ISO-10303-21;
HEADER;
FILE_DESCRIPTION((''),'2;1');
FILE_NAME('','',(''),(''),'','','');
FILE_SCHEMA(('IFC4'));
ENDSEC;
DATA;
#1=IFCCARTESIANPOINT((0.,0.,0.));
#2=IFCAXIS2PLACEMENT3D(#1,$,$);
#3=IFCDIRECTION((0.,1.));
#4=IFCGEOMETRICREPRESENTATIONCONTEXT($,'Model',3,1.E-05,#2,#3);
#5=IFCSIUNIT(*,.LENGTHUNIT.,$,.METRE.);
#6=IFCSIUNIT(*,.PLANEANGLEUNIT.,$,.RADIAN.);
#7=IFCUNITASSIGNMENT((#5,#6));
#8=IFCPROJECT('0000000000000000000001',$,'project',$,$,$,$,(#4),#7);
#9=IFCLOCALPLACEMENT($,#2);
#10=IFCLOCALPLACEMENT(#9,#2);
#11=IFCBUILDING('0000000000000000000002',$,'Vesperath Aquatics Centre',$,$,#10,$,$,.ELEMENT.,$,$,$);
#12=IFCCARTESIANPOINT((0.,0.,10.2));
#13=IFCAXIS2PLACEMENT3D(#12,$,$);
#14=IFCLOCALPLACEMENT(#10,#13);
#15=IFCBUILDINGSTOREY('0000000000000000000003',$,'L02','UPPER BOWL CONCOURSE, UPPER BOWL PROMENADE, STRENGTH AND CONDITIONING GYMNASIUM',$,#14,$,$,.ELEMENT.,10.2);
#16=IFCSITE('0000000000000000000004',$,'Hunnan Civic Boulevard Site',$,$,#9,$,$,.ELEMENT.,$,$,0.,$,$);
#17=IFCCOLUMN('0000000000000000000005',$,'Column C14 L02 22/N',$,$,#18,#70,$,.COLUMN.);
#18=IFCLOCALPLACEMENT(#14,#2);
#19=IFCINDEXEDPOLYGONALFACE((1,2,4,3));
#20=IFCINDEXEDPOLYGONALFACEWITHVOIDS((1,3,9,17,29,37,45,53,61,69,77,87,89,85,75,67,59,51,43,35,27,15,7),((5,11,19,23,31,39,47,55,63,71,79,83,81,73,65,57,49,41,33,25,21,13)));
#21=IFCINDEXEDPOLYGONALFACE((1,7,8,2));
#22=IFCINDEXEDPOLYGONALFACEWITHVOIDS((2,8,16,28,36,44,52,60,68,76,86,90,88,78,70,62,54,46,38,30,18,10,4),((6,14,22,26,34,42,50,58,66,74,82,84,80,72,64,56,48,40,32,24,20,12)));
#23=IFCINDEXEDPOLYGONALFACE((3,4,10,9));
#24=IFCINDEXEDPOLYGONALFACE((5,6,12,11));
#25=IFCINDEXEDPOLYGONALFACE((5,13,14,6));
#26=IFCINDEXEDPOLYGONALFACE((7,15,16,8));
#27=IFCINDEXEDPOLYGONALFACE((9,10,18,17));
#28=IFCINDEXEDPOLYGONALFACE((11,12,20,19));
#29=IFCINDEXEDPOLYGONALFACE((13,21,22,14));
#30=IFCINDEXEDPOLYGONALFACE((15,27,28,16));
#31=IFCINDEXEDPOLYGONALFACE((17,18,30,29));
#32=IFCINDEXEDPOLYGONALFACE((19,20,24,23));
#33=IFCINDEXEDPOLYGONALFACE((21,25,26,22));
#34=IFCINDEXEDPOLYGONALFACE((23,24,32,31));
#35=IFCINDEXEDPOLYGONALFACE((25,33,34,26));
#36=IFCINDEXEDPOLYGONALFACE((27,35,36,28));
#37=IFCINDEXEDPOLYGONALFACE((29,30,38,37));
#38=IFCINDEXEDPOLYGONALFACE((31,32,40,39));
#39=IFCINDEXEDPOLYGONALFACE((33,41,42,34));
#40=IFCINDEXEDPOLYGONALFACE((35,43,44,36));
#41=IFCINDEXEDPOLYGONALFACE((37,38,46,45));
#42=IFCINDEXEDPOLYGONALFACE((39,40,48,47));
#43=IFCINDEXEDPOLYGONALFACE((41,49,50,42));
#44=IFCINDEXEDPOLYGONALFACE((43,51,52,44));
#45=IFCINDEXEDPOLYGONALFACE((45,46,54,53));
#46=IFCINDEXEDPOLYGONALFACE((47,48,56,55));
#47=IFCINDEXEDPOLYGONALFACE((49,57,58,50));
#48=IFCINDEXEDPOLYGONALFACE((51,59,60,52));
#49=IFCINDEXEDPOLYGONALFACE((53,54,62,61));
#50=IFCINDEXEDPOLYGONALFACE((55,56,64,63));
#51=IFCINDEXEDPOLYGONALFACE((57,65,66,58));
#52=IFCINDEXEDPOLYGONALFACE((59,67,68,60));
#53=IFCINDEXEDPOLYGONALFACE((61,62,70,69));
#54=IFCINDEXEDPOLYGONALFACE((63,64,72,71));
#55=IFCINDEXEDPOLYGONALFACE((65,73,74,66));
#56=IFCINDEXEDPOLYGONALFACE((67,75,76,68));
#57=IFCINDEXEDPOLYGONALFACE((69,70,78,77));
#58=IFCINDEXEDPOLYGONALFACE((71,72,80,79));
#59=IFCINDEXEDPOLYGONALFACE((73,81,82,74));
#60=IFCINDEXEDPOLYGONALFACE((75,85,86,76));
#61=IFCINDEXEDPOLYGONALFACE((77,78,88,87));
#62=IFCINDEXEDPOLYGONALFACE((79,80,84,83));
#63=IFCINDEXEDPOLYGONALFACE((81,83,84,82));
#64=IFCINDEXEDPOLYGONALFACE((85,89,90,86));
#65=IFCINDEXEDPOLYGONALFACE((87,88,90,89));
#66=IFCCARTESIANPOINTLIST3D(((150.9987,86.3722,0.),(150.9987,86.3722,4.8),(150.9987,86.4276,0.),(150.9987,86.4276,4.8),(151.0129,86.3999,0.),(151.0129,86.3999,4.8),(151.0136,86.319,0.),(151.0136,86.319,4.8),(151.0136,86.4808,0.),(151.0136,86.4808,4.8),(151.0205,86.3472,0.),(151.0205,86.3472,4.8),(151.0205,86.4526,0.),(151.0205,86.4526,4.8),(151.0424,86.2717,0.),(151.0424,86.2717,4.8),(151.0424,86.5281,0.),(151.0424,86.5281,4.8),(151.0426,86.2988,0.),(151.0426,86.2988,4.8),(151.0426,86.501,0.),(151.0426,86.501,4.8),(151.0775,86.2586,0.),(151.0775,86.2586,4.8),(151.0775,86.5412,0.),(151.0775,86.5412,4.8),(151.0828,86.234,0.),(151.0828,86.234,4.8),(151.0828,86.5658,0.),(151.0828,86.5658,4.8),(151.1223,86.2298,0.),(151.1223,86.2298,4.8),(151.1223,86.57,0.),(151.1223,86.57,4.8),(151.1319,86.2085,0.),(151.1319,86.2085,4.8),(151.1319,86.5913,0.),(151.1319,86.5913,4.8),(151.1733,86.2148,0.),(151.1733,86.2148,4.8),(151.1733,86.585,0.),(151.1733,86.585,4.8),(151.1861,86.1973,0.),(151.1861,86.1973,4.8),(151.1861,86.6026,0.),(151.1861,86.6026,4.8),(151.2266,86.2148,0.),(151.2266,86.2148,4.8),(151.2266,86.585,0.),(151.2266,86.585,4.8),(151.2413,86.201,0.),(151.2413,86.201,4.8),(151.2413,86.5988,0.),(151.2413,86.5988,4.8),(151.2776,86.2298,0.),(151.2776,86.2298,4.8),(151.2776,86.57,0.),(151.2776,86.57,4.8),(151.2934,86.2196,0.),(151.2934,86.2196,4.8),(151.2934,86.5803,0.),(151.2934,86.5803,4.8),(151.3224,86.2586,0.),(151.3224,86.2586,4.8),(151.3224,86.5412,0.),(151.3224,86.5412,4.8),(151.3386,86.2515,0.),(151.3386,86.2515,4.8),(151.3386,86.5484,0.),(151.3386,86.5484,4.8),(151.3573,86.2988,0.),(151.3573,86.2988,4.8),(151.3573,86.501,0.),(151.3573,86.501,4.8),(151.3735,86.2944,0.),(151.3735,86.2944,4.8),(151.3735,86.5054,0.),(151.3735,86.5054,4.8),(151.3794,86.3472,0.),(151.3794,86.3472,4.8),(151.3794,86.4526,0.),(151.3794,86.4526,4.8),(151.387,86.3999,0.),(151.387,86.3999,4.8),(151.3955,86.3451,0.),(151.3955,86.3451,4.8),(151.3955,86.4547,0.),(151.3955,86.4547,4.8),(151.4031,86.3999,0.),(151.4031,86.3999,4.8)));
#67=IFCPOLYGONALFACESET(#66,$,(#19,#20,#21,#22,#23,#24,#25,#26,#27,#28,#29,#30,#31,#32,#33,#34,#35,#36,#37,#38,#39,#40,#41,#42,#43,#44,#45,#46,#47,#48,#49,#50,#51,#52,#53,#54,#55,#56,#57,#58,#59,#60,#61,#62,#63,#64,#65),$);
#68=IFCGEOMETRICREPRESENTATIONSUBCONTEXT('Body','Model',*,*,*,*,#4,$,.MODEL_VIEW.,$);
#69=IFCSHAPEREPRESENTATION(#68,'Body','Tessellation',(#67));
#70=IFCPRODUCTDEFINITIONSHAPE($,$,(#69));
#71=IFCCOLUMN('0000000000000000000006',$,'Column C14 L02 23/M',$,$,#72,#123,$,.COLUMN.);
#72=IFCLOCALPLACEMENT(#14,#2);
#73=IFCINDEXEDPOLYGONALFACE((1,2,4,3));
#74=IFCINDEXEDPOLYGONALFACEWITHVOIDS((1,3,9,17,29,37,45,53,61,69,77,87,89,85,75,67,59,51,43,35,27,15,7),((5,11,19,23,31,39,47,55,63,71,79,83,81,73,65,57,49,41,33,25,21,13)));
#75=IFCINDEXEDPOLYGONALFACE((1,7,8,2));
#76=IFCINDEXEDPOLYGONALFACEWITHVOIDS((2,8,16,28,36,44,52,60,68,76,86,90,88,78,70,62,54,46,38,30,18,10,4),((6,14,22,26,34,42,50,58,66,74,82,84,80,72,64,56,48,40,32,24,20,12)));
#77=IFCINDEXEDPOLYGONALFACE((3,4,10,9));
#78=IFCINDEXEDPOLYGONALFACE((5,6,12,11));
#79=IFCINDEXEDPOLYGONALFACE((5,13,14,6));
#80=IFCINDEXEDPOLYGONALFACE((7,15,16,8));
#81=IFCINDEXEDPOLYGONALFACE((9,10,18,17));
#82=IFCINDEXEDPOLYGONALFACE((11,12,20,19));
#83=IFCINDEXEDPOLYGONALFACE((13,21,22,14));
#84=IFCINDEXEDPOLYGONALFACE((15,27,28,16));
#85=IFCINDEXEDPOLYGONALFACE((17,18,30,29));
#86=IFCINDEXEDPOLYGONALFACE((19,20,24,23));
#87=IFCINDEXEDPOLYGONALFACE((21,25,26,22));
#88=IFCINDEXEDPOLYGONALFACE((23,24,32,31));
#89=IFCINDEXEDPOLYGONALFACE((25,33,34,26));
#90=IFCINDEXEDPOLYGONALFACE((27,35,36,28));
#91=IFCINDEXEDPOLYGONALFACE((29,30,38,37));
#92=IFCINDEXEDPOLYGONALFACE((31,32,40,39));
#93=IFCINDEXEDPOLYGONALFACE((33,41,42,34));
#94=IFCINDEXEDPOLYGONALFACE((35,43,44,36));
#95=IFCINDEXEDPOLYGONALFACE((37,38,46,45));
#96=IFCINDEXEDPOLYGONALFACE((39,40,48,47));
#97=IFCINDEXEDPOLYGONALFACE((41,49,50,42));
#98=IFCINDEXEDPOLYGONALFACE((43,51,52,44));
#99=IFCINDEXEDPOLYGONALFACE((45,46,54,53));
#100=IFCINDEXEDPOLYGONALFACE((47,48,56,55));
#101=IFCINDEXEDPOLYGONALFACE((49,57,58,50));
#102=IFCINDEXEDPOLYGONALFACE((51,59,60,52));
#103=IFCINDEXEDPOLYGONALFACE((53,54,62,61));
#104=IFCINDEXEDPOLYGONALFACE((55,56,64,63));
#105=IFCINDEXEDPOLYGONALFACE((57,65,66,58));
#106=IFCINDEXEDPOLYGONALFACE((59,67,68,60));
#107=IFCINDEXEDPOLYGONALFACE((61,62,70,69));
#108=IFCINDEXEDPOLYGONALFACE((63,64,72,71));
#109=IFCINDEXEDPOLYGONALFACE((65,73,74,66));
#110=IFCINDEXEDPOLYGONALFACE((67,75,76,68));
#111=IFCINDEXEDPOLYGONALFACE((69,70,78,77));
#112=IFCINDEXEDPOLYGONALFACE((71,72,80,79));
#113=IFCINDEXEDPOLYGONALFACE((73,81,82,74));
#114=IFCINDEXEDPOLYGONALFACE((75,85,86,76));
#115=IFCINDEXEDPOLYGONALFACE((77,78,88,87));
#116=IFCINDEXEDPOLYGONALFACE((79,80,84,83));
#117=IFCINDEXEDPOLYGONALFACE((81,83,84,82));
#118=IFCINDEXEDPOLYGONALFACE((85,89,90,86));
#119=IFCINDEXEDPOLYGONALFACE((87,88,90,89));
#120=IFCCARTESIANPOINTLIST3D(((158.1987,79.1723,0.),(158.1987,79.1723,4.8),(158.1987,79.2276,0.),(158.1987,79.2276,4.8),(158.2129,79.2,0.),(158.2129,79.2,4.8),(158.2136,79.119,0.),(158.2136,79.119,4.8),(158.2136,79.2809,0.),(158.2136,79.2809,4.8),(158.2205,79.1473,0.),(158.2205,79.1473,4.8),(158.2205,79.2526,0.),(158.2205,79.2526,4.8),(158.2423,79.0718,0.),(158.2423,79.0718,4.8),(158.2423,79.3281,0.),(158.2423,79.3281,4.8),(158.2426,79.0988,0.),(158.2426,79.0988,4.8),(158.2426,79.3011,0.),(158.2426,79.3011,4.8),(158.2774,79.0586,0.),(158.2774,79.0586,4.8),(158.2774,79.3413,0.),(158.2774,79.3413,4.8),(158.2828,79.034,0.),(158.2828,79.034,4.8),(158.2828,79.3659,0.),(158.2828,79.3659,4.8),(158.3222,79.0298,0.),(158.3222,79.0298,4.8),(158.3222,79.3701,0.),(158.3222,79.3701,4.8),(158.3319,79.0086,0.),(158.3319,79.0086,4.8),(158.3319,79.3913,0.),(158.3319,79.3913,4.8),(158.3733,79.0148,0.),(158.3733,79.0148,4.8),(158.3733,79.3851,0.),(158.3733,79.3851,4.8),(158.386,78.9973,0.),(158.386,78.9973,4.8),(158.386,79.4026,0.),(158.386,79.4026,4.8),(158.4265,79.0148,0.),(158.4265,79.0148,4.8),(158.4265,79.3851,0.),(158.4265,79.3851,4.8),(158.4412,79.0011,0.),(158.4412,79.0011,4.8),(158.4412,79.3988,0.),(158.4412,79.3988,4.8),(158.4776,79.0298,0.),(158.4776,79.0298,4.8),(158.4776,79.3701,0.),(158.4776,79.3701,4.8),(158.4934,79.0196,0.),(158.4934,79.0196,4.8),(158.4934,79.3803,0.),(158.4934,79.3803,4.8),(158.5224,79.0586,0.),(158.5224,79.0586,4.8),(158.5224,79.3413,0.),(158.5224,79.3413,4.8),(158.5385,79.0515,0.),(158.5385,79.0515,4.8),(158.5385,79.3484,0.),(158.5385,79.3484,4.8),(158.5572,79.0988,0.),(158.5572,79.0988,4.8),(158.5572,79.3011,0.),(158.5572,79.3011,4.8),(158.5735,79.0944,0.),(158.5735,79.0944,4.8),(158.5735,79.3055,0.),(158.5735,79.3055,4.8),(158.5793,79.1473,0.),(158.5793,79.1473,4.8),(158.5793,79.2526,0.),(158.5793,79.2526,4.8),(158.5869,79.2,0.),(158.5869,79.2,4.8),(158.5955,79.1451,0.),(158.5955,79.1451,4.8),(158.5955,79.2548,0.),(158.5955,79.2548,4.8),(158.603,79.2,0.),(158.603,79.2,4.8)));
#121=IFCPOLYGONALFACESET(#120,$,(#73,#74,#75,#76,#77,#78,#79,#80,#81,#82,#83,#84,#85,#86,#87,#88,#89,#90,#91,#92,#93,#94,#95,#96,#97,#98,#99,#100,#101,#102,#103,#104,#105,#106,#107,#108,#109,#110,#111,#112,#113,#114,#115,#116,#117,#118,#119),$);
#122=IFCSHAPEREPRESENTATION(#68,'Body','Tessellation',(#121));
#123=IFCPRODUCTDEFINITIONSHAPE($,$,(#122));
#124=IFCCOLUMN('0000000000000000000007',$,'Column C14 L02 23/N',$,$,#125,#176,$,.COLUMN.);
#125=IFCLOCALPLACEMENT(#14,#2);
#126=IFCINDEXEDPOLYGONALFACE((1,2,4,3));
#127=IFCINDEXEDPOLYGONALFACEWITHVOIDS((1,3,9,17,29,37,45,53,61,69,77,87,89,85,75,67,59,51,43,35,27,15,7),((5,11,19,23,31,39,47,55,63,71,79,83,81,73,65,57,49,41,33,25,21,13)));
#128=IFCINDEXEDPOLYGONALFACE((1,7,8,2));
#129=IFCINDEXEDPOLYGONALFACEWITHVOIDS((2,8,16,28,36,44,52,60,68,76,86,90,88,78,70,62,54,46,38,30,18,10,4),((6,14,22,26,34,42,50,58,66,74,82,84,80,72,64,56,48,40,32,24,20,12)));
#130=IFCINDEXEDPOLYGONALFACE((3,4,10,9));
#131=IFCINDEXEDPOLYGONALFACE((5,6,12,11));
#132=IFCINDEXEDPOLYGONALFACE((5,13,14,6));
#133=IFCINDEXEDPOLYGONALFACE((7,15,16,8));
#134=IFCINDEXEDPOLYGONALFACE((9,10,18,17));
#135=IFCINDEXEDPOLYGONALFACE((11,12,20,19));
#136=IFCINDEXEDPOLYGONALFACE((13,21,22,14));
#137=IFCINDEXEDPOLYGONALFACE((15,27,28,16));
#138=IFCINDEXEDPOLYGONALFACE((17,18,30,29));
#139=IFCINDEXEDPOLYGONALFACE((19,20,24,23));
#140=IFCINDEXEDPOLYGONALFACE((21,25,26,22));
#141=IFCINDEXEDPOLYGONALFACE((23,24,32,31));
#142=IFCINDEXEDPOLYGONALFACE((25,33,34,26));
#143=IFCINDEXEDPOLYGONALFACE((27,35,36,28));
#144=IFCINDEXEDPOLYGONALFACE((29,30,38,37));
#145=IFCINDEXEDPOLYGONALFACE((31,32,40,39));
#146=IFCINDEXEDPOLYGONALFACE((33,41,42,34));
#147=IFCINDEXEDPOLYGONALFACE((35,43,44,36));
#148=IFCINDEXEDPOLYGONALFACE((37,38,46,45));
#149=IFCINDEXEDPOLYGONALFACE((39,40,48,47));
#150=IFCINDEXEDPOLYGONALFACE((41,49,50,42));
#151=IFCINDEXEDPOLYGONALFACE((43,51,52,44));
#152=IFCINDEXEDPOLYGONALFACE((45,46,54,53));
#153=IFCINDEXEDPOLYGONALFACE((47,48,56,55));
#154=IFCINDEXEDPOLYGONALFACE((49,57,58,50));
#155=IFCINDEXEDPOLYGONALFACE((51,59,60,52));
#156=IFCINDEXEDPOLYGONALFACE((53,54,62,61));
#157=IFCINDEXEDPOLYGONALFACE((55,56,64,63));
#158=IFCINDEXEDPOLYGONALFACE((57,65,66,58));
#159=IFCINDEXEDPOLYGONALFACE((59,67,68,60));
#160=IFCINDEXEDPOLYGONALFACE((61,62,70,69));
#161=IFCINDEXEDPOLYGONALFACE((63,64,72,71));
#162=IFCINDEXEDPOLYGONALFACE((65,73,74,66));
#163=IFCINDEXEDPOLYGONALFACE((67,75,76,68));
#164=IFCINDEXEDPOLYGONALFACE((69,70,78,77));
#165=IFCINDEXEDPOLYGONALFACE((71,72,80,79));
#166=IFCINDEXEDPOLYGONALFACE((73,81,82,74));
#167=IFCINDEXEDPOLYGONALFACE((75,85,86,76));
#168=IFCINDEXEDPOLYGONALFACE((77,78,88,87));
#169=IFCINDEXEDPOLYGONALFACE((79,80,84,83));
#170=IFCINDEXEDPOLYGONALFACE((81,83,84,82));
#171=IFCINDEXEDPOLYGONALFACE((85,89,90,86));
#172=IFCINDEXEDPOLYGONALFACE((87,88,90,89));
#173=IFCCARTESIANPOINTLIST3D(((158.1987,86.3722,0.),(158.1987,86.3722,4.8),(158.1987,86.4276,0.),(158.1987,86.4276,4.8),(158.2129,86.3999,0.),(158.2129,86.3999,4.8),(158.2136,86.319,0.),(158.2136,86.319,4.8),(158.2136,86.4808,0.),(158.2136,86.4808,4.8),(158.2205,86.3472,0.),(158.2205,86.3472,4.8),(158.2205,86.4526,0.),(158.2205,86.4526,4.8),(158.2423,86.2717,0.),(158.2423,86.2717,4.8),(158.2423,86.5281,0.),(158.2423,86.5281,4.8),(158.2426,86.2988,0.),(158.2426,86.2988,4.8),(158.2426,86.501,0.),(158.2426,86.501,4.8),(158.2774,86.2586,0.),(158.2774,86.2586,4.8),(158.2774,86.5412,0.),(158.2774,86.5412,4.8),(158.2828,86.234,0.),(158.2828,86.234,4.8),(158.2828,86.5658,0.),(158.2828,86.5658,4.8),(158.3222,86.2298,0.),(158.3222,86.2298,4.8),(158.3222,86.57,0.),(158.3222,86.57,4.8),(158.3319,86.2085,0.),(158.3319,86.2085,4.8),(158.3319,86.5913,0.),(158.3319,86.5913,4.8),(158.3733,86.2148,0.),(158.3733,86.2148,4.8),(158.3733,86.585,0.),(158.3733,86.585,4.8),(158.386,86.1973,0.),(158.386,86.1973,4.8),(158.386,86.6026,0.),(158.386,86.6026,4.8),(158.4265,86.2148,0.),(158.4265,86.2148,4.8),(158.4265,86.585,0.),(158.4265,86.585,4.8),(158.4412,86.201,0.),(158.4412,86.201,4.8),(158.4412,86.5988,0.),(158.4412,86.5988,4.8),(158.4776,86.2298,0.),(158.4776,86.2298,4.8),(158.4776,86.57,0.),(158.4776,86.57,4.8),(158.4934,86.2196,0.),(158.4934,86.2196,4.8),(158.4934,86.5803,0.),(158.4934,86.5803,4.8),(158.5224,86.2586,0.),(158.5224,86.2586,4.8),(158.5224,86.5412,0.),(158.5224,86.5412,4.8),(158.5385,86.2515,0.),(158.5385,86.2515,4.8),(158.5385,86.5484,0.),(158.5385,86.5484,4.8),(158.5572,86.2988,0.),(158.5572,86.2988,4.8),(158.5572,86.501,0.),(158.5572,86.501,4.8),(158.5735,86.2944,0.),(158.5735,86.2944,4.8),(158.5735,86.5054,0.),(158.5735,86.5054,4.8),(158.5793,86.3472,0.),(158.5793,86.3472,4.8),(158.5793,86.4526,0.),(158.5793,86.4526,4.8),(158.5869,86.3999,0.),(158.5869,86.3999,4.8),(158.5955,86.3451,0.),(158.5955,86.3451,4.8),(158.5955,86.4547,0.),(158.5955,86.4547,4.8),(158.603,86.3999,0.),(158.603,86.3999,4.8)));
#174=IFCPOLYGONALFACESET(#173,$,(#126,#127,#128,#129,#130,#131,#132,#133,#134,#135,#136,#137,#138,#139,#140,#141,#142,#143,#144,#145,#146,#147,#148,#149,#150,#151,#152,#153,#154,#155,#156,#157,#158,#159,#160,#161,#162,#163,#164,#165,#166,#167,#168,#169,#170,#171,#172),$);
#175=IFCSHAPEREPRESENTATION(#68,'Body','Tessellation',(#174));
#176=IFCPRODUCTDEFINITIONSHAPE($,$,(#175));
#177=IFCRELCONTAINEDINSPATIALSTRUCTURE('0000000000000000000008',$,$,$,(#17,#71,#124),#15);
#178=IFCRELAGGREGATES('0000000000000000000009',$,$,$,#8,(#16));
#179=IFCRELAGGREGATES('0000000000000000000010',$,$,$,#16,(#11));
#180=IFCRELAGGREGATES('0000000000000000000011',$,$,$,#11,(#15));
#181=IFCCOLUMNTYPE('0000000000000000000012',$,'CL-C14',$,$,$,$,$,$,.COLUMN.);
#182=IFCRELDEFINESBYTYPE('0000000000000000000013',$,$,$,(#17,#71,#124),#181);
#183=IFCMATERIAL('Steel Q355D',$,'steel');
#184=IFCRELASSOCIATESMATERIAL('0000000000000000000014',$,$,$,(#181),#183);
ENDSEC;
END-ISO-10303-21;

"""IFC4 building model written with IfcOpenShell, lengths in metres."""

from ifc_helpers import new_model, si_unit, direction, frame, origin, origin_2d, place, context, subcontext, project, spatial, hollow_circle, extrude, material, material_profile, profile_set, type_object, element, save


model = new_model("IFC4")

# Units and contexts
model_context = context("Model", 3, precision=1e-05, world=origin(), true_north=direction((0.0, 1.0)))
body_context = subcontext(model_context, "Body", "Model", "MODEL_VIEW")
ifc_project = project(units=[si_unit("LENGTHUNIT", "METRE"), si_unit("PLANEANGLEUNIT", "RADIAN")], contexts=[model_context])

# Site, building, storey
site_placement = place(None, origin())
site = spatial("IfcSite", under=ifc_project, at=site_placement, Name="Hunnan Civic Boulevard Site", CompositionType="ELEMENT", RefElevation=0.0)
building_placement = place(site_placement, origin())
building = spatial("IfcBuilding", under=site, at=building_placement, Name="Vesperath Aquatics Centre", CompositionType="ELEMENT")
storey_placement = place(building_placement, frame((0.0, 0.0, 10.2)))
storey = spatial("IfcBuildingStorey", under=building, at=storey_placement, Name="L02", Description="UPPER BOWL CONCOURSE, UPPER BOWL PROMENADE, STRENGTH AND CONDITIONING GYMNASIUM", CompositionType="ELEMENT", Elevation=10.2)

# Columns
ifc_material_1 = material(Name="Steel Q355D", Category="steel")
ifc_material_profile_1 = material_profile(ifc_material_1, hollow_circle(Radius=0.2031, WallThickness=0.0161, at=origin_2d()), Name="CHS 406.4x16")
ifc_profile_set_1 = profile_set([ifc_material_profile_1], Name="Steel Q355D")
column_type = type_object("IfcColumnType", Name="CL-C14", PredefinedType="COLUMN", material=ifc_profile_set_1)
for number, where, z_axis, x_axis, name in (
    (1, (151.2, 86.3999, 0.0), (0.0, 0.0, 1.0), (1.0, 0.0, 0.0), "Column C14 L02 22/N"),
    (2, (158.3999, 79.2, 0.0), (0.0, 0.0, 1.0), (1.0, 0.0, 0.0), "Column C14 L02 23/M"),
    (3, (158.3999, 86.3999, 0.0), (0.0, 0.0, 1.0), (1.0, 0.0, 0.0), "Column C14 L02 23/N"),
):
    element("IfcColumn", number, at=place(storey_placement, frame(where, z_axis=z_axis, x_axis=x_axis)), inside=storey, type_object=column_type, Name=name, PredefinedType="COLUMN", context=body_context, shape_type="SweptSolid", body=[
        extrude(hollow_circle(Radius=0.2031, WallThickness=0.0161, at=origin_2d()), origin(), (0.0, 0.0, 1.0), 4.8),
    ])

save(model, "model.ifc")
